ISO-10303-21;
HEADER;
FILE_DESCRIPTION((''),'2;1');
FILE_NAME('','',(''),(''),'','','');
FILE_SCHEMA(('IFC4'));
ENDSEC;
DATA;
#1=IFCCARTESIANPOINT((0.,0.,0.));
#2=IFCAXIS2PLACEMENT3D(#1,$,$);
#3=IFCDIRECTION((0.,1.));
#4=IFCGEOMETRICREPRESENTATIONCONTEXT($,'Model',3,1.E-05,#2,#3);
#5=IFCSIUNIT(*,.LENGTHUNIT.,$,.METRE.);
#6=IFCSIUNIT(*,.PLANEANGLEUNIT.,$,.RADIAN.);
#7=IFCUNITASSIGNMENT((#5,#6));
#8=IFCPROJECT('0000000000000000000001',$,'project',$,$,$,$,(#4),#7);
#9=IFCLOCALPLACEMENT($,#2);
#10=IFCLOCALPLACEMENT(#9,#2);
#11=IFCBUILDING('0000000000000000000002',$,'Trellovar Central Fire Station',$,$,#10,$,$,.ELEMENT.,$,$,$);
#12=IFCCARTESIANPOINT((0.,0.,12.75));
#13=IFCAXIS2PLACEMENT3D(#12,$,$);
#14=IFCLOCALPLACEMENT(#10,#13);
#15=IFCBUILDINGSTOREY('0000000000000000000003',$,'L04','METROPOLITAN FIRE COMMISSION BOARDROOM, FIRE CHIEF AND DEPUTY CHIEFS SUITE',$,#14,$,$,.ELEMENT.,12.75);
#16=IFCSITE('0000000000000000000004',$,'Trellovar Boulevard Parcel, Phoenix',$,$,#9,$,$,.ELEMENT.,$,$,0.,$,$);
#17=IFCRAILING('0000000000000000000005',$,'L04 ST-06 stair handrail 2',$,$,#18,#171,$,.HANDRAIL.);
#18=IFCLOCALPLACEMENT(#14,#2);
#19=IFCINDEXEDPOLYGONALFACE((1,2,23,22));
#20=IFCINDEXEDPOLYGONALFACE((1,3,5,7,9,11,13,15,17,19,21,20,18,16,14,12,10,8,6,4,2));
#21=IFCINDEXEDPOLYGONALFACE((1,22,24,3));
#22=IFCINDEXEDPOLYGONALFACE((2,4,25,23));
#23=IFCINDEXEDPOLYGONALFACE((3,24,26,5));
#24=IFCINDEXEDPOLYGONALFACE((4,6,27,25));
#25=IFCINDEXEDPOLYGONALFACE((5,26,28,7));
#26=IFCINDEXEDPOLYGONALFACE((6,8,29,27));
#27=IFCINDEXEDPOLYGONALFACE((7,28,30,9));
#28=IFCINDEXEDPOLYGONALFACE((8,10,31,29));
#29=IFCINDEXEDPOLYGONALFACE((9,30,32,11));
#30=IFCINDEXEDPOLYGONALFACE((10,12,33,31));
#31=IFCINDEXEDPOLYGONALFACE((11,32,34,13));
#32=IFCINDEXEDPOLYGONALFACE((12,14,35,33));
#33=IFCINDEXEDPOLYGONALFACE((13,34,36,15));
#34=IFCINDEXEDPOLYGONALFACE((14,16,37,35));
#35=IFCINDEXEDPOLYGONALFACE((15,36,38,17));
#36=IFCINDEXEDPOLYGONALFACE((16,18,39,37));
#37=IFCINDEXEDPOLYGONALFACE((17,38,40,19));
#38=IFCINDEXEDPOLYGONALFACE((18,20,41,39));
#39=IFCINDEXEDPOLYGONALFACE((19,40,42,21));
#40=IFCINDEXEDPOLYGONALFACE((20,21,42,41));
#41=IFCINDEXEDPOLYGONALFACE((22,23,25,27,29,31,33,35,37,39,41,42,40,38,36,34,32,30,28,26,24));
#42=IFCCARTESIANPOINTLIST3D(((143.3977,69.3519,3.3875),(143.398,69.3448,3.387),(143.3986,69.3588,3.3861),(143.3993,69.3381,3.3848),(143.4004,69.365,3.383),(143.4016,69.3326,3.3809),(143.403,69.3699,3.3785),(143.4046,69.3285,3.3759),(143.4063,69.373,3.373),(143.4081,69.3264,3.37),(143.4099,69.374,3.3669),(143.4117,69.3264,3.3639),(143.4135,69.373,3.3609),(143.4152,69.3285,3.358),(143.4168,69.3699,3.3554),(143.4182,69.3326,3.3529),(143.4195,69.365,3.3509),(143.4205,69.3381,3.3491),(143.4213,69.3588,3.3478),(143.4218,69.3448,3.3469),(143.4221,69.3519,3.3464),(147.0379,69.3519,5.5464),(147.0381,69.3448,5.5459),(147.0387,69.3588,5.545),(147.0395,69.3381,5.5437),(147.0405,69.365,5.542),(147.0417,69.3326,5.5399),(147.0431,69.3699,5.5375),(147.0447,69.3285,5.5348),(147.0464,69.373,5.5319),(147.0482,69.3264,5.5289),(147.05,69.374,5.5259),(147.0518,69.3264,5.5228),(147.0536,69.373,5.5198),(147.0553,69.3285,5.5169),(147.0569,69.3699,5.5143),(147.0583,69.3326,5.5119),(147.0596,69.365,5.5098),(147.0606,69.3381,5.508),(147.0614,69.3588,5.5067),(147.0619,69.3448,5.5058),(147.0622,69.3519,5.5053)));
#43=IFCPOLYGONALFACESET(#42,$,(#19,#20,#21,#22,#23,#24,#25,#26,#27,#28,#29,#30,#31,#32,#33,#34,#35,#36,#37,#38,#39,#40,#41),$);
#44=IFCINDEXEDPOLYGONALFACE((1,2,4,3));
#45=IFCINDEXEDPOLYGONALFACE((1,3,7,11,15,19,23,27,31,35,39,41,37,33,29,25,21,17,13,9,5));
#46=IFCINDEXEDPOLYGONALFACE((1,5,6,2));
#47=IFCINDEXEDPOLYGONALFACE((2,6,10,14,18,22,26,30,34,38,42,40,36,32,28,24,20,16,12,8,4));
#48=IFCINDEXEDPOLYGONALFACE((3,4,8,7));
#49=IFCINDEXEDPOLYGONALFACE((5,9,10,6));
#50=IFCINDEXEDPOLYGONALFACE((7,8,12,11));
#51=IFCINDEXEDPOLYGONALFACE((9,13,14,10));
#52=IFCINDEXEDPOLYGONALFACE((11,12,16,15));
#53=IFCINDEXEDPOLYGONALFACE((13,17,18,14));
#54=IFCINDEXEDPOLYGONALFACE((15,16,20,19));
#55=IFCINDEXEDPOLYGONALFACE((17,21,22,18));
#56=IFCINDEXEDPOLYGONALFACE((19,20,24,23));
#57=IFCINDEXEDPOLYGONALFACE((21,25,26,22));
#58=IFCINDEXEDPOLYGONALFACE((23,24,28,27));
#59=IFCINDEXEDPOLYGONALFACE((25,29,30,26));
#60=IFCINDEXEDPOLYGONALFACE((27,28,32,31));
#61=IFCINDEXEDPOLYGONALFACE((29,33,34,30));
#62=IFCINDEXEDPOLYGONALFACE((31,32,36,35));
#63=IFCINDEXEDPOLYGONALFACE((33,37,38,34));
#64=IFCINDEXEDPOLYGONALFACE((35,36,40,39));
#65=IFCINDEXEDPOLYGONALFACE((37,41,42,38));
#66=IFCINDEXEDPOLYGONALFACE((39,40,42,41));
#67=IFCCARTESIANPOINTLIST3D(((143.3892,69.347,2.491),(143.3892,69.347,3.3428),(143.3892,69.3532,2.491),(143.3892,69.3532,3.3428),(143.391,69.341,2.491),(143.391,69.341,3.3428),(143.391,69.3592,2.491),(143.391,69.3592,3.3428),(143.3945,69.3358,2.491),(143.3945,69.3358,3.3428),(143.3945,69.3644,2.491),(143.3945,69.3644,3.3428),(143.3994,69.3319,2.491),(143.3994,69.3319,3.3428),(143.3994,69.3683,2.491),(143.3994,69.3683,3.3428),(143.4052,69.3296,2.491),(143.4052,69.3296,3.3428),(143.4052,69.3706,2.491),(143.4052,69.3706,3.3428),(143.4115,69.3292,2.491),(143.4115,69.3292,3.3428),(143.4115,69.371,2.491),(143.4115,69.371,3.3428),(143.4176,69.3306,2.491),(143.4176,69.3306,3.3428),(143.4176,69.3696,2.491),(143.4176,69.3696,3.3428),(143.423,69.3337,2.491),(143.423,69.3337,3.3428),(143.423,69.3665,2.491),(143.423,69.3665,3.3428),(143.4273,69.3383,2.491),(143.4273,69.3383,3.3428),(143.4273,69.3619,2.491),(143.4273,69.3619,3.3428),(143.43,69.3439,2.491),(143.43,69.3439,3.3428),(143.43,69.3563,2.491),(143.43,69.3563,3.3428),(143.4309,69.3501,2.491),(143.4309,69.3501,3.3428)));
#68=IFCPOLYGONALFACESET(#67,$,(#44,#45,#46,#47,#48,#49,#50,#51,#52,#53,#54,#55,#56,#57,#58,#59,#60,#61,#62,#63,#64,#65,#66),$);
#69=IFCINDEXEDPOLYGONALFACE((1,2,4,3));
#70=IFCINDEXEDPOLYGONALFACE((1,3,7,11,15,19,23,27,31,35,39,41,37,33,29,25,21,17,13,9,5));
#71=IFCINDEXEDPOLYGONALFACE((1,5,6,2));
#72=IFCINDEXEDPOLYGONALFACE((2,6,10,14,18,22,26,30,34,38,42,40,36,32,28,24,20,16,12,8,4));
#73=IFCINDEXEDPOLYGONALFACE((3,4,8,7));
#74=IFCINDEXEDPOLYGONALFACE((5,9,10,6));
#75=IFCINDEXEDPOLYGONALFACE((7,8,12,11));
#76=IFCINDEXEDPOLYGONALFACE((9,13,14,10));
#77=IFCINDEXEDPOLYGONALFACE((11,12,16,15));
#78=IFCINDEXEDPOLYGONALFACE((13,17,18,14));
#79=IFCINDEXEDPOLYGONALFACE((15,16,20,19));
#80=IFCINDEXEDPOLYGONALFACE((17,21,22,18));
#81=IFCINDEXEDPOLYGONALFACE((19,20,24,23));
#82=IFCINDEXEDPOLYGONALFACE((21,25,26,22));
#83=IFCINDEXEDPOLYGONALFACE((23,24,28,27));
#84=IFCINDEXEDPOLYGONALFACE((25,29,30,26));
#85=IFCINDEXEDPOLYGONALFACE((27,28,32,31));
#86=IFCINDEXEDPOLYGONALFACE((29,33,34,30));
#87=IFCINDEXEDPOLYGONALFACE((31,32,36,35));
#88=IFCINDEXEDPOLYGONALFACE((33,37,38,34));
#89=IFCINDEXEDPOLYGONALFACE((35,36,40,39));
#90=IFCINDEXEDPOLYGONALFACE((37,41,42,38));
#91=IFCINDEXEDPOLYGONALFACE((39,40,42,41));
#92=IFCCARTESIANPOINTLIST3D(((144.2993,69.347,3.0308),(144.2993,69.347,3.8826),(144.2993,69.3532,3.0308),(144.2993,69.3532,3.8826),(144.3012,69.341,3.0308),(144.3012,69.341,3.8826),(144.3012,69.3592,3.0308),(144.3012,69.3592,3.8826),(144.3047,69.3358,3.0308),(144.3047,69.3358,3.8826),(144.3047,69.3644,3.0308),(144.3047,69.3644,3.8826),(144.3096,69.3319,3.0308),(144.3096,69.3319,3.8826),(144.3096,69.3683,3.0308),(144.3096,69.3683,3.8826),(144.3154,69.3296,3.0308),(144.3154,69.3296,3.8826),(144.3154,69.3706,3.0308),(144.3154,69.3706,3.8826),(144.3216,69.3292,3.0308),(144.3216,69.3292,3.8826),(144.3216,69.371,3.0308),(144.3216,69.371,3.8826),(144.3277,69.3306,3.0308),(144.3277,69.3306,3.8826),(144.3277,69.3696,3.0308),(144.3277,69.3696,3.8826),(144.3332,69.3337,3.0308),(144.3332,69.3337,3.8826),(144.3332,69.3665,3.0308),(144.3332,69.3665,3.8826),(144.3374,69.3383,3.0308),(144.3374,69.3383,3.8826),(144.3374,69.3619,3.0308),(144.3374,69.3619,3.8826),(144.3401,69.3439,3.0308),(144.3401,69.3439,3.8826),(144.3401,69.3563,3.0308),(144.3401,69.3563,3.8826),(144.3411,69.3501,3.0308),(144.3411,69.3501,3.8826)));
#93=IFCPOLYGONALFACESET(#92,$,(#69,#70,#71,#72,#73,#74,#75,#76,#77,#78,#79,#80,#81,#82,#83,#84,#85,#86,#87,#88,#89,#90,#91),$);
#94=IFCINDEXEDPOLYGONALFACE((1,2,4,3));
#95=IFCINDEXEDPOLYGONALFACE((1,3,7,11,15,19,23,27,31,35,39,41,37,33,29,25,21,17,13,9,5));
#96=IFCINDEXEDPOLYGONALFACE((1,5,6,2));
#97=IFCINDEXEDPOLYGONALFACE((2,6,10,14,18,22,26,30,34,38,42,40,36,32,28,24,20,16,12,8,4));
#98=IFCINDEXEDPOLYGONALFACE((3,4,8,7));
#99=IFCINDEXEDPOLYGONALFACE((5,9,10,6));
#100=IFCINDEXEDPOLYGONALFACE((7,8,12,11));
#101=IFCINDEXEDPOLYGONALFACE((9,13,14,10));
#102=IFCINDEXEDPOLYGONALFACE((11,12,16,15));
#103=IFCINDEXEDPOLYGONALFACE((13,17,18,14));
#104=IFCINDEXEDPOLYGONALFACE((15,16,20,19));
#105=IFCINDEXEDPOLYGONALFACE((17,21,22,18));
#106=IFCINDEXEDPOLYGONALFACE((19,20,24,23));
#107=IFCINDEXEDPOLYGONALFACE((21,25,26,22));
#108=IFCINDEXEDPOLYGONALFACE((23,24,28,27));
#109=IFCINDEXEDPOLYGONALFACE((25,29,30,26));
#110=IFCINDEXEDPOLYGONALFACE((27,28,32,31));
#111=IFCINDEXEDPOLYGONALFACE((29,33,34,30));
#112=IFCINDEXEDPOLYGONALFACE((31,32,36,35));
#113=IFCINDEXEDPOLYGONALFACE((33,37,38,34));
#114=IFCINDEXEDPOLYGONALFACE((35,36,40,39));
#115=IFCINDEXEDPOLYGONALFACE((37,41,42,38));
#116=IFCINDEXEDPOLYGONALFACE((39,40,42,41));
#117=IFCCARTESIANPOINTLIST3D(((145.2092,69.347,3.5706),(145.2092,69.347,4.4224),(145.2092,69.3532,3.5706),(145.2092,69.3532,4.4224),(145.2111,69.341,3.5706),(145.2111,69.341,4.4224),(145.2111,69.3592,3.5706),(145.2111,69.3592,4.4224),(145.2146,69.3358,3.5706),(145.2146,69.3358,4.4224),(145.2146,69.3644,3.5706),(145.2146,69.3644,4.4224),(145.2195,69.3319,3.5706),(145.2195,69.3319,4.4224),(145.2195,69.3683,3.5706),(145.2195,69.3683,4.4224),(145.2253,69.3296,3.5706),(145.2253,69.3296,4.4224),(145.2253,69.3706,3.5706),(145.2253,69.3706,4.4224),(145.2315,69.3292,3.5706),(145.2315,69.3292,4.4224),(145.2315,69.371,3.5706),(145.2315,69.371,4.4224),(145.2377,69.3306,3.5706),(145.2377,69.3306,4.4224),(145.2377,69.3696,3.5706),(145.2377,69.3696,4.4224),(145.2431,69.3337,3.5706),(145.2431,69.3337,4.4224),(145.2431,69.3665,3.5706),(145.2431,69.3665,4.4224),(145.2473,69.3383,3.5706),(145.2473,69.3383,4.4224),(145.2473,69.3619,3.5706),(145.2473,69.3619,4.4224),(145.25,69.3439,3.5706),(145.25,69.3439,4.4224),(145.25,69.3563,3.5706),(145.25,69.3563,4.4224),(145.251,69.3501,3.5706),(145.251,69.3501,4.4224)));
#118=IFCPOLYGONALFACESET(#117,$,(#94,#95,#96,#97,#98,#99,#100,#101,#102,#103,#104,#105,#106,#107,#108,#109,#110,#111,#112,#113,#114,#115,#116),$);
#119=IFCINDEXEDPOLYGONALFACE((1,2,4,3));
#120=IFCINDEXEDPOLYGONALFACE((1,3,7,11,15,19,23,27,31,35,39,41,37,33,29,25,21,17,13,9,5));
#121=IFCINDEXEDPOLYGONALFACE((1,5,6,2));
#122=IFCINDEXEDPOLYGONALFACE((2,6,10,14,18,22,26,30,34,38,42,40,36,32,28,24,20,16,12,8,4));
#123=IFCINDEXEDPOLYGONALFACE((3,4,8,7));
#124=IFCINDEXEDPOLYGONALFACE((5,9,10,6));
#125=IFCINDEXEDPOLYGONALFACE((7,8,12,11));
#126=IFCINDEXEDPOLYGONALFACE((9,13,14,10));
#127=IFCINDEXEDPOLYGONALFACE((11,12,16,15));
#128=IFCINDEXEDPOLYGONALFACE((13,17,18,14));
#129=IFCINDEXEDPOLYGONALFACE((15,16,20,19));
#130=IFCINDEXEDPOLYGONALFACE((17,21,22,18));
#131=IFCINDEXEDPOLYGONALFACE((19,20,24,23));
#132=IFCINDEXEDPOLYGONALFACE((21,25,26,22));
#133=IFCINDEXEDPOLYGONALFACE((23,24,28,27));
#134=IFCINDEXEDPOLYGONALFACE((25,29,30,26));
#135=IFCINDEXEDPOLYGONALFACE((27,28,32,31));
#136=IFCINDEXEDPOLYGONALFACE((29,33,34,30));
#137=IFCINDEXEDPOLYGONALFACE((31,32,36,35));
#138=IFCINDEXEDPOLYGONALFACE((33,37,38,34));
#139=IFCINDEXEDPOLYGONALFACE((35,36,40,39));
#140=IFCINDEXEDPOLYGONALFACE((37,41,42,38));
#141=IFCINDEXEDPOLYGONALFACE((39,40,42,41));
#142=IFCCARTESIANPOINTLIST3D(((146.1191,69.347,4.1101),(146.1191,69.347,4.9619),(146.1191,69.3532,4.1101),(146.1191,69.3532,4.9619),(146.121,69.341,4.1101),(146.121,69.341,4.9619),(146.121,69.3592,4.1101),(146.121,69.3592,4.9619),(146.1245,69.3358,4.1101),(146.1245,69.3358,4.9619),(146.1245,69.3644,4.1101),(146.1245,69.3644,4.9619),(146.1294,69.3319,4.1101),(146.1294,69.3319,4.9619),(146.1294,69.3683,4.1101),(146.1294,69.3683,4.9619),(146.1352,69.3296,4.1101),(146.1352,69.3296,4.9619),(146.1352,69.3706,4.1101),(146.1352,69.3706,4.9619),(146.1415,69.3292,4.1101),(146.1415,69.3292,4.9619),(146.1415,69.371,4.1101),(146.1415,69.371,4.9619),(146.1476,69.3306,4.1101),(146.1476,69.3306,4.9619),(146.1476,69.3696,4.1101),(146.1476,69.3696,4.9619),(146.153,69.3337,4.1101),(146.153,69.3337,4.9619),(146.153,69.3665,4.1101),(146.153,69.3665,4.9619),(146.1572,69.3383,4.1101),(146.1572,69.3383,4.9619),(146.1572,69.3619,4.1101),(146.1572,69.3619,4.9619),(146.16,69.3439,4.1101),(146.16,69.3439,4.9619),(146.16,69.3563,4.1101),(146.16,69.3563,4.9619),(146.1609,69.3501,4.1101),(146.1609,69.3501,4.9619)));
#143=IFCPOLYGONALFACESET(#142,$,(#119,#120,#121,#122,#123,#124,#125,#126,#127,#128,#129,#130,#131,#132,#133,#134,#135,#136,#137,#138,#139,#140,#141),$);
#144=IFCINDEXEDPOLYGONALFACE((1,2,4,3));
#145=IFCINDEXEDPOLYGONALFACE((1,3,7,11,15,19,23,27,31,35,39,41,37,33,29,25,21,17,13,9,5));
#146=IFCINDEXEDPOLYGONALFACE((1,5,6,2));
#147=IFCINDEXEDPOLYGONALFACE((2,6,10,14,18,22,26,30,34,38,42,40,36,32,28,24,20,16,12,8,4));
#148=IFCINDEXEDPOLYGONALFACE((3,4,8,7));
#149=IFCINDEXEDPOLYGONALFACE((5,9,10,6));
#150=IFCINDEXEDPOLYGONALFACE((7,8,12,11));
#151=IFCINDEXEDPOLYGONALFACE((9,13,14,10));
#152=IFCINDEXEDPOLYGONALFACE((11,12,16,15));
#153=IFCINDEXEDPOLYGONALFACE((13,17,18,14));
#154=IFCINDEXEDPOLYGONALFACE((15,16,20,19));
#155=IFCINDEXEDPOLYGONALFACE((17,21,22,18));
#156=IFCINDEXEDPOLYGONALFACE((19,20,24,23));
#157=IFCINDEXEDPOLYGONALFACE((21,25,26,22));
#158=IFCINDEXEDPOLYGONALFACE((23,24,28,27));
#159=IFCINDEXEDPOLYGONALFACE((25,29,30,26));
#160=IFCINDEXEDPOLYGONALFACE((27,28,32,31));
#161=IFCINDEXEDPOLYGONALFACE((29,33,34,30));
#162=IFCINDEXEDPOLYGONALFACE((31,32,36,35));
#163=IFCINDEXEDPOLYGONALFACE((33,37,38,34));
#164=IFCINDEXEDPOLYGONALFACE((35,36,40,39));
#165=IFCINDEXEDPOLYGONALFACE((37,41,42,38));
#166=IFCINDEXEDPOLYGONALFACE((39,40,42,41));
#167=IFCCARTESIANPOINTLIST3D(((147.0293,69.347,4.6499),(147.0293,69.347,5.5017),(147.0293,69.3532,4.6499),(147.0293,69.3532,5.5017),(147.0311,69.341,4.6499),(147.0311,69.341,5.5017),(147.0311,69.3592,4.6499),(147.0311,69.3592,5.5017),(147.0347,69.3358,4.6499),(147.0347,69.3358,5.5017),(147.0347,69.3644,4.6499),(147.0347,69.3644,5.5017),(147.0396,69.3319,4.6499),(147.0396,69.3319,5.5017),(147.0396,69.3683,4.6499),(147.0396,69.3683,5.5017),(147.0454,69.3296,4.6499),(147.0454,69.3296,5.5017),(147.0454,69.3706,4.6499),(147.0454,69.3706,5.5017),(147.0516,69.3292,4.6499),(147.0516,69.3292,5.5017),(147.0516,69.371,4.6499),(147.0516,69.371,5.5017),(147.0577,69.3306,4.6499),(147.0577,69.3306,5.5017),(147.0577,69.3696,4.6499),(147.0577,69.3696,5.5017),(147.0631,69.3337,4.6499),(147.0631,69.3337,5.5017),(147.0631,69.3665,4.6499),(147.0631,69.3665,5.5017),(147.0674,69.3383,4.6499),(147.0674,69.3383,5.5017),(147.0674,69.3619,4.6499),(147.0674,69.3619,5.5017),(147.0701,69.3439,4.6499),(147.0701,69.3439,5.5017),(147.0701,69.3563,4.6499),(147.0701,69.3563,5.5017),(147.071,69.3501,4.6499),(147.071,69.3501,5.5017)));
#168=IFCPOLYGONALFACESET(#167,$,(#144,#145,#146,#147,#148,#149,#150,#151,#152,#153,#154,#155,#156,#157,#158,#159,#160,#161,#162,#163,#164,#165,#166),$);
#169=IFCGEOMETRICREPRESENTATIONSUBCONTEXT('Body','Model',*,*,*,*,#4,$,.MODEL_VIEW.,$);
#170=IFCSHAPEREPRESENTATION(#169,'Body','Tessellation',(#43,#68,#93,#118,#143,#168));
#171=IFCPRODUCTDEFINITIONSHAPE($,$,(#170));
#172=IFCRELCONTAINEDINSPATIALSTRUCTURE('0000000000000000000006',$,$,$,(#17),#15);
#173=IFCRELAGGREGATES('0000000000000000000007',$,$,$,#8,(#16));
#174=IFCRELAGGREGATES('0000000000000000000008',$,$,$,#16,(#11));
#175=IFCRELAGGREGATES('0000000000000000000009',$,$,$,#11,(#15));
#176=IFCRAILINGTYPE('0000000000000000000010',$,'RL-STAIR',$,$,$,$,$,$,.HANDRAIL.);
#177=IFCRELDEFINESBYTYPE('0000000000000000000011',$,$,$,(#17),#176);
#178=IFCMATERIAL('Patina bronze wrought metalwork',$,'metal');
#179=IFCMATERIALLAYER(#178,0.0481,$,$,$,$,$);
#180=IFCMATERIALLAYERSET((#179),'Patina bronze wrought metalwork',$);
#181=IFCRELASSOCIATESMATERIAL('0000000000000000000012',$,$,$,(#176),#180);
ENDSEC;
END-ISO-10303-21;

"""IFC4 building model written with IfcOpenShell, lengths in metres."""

from ifc_helpers import new_model, si_unit, direction, frame, origin, origin_2d, place, context, subcontext, project, spatial, circle, extrude, material, layer, layer_set, type_object, element, save


model = new_model("IFC4")

# Units and contexts
model_context = context("Model", 3, precision=1e-05, world=origin(), true_north=direction((0.0, 1.0)))
body_context = subcontext(model_context, "Body", "Model", "MODEL_VIEW")
ifc_project = project(units=[si_unit("LENGTHUNIT", "METRE"), si_unit("PLANEANGLEUNIT", "RADIAN")], contexts=[model_context])

# Site, building, storey
site_placement = place(None, origin())
site = spatial("IfcSite", under=ifc_project, at=site_placement, Name="Trellovar Boulevard Parcel, Phoenix", CompositionType="ELEMENT", RefElevation=0.0)
building_placement = place(site_placement, origin())
building = spatial("IfcBuilding", under=site, at=building_placement, Name="Trellovar Central Fire Station", CompositionType="ELEMENT")
storey_placement = place(building_placement, frame((0.0, 0.0, 12.75)))
storey = spatial("IfcBuildingStorey", under=building, at=storey_placement, Name="L04", Description="METROPOLITAN FIRE COMMISSION BOARDROOM, FIRE CHIEF AND DEPUTY CHIEFS SUITE", CompositionType="ELEMENT", Elevation=12.75)

# Railing
ifc_material_1 = material(Name="Patina bronze wrought metalwork", Category="metal")
ifc_layer_1 = layer(ifc_material_1, 0.0481)
ifc_layer_set_1 = layer_set([ifc_layer_1], Name="Patina bronze wrought metalwork")
railing_type_1 = type_object("IfcRailingType", Name="RL-STAIR", PredefinedType="HANDRAIL", material=ifc_layer_set_1)
railing_1_placement = place(storey_placement, frame((143.4099, 69.3501, 2.491)))
element("IfcRailing", 1, at=railing_1_placement, inside=storey, type_object=railing_type_1, Name="L04 ST-06 stair handrail 2", PredefinedType="HANDRAIL", context=body_context, shape_type="SweptSolid", body=[
    extrude(circle(Radius=0.0239, at=origin_2d()), frame((0.0, 0.0, 0.876), z_axis=(0.860103, 0.0, 0.51012), x_axis=(0.0, 1.0, 0.0)), (0.0, 0.0, 1.0), 4.2322),
    extrude(circle(Radius=0.021, at=origin_2d()), origin(), (0.0, 0.0, 1.0), 0.8518),
    extrude(circle(Radius=0.021, at=origin_2d()), frame((0.9102, 0.0, 0.5398)), (0.0, 0.0, 1.0), 0.8518),
    extrude(circle(Radius=0.021, at=origin_2d()), frame((1.8201, 0.0, 1.0796)), (0.0, 0.0, 1.0), 0.8518),
    extrude(circle(Radius=0.021, at=origin_2d()), frame((2.73, 0.0, 1.6191)), (0.0, 0.0, 1.0), 0.8518),
    extrude(circle(Radius=0.021, at=origin_2d()), frame((3.6401, 0.0, 2.1589)), (0.0, 0.0, 1.0), 0.8518),
])

save(model, "model.ifc")
